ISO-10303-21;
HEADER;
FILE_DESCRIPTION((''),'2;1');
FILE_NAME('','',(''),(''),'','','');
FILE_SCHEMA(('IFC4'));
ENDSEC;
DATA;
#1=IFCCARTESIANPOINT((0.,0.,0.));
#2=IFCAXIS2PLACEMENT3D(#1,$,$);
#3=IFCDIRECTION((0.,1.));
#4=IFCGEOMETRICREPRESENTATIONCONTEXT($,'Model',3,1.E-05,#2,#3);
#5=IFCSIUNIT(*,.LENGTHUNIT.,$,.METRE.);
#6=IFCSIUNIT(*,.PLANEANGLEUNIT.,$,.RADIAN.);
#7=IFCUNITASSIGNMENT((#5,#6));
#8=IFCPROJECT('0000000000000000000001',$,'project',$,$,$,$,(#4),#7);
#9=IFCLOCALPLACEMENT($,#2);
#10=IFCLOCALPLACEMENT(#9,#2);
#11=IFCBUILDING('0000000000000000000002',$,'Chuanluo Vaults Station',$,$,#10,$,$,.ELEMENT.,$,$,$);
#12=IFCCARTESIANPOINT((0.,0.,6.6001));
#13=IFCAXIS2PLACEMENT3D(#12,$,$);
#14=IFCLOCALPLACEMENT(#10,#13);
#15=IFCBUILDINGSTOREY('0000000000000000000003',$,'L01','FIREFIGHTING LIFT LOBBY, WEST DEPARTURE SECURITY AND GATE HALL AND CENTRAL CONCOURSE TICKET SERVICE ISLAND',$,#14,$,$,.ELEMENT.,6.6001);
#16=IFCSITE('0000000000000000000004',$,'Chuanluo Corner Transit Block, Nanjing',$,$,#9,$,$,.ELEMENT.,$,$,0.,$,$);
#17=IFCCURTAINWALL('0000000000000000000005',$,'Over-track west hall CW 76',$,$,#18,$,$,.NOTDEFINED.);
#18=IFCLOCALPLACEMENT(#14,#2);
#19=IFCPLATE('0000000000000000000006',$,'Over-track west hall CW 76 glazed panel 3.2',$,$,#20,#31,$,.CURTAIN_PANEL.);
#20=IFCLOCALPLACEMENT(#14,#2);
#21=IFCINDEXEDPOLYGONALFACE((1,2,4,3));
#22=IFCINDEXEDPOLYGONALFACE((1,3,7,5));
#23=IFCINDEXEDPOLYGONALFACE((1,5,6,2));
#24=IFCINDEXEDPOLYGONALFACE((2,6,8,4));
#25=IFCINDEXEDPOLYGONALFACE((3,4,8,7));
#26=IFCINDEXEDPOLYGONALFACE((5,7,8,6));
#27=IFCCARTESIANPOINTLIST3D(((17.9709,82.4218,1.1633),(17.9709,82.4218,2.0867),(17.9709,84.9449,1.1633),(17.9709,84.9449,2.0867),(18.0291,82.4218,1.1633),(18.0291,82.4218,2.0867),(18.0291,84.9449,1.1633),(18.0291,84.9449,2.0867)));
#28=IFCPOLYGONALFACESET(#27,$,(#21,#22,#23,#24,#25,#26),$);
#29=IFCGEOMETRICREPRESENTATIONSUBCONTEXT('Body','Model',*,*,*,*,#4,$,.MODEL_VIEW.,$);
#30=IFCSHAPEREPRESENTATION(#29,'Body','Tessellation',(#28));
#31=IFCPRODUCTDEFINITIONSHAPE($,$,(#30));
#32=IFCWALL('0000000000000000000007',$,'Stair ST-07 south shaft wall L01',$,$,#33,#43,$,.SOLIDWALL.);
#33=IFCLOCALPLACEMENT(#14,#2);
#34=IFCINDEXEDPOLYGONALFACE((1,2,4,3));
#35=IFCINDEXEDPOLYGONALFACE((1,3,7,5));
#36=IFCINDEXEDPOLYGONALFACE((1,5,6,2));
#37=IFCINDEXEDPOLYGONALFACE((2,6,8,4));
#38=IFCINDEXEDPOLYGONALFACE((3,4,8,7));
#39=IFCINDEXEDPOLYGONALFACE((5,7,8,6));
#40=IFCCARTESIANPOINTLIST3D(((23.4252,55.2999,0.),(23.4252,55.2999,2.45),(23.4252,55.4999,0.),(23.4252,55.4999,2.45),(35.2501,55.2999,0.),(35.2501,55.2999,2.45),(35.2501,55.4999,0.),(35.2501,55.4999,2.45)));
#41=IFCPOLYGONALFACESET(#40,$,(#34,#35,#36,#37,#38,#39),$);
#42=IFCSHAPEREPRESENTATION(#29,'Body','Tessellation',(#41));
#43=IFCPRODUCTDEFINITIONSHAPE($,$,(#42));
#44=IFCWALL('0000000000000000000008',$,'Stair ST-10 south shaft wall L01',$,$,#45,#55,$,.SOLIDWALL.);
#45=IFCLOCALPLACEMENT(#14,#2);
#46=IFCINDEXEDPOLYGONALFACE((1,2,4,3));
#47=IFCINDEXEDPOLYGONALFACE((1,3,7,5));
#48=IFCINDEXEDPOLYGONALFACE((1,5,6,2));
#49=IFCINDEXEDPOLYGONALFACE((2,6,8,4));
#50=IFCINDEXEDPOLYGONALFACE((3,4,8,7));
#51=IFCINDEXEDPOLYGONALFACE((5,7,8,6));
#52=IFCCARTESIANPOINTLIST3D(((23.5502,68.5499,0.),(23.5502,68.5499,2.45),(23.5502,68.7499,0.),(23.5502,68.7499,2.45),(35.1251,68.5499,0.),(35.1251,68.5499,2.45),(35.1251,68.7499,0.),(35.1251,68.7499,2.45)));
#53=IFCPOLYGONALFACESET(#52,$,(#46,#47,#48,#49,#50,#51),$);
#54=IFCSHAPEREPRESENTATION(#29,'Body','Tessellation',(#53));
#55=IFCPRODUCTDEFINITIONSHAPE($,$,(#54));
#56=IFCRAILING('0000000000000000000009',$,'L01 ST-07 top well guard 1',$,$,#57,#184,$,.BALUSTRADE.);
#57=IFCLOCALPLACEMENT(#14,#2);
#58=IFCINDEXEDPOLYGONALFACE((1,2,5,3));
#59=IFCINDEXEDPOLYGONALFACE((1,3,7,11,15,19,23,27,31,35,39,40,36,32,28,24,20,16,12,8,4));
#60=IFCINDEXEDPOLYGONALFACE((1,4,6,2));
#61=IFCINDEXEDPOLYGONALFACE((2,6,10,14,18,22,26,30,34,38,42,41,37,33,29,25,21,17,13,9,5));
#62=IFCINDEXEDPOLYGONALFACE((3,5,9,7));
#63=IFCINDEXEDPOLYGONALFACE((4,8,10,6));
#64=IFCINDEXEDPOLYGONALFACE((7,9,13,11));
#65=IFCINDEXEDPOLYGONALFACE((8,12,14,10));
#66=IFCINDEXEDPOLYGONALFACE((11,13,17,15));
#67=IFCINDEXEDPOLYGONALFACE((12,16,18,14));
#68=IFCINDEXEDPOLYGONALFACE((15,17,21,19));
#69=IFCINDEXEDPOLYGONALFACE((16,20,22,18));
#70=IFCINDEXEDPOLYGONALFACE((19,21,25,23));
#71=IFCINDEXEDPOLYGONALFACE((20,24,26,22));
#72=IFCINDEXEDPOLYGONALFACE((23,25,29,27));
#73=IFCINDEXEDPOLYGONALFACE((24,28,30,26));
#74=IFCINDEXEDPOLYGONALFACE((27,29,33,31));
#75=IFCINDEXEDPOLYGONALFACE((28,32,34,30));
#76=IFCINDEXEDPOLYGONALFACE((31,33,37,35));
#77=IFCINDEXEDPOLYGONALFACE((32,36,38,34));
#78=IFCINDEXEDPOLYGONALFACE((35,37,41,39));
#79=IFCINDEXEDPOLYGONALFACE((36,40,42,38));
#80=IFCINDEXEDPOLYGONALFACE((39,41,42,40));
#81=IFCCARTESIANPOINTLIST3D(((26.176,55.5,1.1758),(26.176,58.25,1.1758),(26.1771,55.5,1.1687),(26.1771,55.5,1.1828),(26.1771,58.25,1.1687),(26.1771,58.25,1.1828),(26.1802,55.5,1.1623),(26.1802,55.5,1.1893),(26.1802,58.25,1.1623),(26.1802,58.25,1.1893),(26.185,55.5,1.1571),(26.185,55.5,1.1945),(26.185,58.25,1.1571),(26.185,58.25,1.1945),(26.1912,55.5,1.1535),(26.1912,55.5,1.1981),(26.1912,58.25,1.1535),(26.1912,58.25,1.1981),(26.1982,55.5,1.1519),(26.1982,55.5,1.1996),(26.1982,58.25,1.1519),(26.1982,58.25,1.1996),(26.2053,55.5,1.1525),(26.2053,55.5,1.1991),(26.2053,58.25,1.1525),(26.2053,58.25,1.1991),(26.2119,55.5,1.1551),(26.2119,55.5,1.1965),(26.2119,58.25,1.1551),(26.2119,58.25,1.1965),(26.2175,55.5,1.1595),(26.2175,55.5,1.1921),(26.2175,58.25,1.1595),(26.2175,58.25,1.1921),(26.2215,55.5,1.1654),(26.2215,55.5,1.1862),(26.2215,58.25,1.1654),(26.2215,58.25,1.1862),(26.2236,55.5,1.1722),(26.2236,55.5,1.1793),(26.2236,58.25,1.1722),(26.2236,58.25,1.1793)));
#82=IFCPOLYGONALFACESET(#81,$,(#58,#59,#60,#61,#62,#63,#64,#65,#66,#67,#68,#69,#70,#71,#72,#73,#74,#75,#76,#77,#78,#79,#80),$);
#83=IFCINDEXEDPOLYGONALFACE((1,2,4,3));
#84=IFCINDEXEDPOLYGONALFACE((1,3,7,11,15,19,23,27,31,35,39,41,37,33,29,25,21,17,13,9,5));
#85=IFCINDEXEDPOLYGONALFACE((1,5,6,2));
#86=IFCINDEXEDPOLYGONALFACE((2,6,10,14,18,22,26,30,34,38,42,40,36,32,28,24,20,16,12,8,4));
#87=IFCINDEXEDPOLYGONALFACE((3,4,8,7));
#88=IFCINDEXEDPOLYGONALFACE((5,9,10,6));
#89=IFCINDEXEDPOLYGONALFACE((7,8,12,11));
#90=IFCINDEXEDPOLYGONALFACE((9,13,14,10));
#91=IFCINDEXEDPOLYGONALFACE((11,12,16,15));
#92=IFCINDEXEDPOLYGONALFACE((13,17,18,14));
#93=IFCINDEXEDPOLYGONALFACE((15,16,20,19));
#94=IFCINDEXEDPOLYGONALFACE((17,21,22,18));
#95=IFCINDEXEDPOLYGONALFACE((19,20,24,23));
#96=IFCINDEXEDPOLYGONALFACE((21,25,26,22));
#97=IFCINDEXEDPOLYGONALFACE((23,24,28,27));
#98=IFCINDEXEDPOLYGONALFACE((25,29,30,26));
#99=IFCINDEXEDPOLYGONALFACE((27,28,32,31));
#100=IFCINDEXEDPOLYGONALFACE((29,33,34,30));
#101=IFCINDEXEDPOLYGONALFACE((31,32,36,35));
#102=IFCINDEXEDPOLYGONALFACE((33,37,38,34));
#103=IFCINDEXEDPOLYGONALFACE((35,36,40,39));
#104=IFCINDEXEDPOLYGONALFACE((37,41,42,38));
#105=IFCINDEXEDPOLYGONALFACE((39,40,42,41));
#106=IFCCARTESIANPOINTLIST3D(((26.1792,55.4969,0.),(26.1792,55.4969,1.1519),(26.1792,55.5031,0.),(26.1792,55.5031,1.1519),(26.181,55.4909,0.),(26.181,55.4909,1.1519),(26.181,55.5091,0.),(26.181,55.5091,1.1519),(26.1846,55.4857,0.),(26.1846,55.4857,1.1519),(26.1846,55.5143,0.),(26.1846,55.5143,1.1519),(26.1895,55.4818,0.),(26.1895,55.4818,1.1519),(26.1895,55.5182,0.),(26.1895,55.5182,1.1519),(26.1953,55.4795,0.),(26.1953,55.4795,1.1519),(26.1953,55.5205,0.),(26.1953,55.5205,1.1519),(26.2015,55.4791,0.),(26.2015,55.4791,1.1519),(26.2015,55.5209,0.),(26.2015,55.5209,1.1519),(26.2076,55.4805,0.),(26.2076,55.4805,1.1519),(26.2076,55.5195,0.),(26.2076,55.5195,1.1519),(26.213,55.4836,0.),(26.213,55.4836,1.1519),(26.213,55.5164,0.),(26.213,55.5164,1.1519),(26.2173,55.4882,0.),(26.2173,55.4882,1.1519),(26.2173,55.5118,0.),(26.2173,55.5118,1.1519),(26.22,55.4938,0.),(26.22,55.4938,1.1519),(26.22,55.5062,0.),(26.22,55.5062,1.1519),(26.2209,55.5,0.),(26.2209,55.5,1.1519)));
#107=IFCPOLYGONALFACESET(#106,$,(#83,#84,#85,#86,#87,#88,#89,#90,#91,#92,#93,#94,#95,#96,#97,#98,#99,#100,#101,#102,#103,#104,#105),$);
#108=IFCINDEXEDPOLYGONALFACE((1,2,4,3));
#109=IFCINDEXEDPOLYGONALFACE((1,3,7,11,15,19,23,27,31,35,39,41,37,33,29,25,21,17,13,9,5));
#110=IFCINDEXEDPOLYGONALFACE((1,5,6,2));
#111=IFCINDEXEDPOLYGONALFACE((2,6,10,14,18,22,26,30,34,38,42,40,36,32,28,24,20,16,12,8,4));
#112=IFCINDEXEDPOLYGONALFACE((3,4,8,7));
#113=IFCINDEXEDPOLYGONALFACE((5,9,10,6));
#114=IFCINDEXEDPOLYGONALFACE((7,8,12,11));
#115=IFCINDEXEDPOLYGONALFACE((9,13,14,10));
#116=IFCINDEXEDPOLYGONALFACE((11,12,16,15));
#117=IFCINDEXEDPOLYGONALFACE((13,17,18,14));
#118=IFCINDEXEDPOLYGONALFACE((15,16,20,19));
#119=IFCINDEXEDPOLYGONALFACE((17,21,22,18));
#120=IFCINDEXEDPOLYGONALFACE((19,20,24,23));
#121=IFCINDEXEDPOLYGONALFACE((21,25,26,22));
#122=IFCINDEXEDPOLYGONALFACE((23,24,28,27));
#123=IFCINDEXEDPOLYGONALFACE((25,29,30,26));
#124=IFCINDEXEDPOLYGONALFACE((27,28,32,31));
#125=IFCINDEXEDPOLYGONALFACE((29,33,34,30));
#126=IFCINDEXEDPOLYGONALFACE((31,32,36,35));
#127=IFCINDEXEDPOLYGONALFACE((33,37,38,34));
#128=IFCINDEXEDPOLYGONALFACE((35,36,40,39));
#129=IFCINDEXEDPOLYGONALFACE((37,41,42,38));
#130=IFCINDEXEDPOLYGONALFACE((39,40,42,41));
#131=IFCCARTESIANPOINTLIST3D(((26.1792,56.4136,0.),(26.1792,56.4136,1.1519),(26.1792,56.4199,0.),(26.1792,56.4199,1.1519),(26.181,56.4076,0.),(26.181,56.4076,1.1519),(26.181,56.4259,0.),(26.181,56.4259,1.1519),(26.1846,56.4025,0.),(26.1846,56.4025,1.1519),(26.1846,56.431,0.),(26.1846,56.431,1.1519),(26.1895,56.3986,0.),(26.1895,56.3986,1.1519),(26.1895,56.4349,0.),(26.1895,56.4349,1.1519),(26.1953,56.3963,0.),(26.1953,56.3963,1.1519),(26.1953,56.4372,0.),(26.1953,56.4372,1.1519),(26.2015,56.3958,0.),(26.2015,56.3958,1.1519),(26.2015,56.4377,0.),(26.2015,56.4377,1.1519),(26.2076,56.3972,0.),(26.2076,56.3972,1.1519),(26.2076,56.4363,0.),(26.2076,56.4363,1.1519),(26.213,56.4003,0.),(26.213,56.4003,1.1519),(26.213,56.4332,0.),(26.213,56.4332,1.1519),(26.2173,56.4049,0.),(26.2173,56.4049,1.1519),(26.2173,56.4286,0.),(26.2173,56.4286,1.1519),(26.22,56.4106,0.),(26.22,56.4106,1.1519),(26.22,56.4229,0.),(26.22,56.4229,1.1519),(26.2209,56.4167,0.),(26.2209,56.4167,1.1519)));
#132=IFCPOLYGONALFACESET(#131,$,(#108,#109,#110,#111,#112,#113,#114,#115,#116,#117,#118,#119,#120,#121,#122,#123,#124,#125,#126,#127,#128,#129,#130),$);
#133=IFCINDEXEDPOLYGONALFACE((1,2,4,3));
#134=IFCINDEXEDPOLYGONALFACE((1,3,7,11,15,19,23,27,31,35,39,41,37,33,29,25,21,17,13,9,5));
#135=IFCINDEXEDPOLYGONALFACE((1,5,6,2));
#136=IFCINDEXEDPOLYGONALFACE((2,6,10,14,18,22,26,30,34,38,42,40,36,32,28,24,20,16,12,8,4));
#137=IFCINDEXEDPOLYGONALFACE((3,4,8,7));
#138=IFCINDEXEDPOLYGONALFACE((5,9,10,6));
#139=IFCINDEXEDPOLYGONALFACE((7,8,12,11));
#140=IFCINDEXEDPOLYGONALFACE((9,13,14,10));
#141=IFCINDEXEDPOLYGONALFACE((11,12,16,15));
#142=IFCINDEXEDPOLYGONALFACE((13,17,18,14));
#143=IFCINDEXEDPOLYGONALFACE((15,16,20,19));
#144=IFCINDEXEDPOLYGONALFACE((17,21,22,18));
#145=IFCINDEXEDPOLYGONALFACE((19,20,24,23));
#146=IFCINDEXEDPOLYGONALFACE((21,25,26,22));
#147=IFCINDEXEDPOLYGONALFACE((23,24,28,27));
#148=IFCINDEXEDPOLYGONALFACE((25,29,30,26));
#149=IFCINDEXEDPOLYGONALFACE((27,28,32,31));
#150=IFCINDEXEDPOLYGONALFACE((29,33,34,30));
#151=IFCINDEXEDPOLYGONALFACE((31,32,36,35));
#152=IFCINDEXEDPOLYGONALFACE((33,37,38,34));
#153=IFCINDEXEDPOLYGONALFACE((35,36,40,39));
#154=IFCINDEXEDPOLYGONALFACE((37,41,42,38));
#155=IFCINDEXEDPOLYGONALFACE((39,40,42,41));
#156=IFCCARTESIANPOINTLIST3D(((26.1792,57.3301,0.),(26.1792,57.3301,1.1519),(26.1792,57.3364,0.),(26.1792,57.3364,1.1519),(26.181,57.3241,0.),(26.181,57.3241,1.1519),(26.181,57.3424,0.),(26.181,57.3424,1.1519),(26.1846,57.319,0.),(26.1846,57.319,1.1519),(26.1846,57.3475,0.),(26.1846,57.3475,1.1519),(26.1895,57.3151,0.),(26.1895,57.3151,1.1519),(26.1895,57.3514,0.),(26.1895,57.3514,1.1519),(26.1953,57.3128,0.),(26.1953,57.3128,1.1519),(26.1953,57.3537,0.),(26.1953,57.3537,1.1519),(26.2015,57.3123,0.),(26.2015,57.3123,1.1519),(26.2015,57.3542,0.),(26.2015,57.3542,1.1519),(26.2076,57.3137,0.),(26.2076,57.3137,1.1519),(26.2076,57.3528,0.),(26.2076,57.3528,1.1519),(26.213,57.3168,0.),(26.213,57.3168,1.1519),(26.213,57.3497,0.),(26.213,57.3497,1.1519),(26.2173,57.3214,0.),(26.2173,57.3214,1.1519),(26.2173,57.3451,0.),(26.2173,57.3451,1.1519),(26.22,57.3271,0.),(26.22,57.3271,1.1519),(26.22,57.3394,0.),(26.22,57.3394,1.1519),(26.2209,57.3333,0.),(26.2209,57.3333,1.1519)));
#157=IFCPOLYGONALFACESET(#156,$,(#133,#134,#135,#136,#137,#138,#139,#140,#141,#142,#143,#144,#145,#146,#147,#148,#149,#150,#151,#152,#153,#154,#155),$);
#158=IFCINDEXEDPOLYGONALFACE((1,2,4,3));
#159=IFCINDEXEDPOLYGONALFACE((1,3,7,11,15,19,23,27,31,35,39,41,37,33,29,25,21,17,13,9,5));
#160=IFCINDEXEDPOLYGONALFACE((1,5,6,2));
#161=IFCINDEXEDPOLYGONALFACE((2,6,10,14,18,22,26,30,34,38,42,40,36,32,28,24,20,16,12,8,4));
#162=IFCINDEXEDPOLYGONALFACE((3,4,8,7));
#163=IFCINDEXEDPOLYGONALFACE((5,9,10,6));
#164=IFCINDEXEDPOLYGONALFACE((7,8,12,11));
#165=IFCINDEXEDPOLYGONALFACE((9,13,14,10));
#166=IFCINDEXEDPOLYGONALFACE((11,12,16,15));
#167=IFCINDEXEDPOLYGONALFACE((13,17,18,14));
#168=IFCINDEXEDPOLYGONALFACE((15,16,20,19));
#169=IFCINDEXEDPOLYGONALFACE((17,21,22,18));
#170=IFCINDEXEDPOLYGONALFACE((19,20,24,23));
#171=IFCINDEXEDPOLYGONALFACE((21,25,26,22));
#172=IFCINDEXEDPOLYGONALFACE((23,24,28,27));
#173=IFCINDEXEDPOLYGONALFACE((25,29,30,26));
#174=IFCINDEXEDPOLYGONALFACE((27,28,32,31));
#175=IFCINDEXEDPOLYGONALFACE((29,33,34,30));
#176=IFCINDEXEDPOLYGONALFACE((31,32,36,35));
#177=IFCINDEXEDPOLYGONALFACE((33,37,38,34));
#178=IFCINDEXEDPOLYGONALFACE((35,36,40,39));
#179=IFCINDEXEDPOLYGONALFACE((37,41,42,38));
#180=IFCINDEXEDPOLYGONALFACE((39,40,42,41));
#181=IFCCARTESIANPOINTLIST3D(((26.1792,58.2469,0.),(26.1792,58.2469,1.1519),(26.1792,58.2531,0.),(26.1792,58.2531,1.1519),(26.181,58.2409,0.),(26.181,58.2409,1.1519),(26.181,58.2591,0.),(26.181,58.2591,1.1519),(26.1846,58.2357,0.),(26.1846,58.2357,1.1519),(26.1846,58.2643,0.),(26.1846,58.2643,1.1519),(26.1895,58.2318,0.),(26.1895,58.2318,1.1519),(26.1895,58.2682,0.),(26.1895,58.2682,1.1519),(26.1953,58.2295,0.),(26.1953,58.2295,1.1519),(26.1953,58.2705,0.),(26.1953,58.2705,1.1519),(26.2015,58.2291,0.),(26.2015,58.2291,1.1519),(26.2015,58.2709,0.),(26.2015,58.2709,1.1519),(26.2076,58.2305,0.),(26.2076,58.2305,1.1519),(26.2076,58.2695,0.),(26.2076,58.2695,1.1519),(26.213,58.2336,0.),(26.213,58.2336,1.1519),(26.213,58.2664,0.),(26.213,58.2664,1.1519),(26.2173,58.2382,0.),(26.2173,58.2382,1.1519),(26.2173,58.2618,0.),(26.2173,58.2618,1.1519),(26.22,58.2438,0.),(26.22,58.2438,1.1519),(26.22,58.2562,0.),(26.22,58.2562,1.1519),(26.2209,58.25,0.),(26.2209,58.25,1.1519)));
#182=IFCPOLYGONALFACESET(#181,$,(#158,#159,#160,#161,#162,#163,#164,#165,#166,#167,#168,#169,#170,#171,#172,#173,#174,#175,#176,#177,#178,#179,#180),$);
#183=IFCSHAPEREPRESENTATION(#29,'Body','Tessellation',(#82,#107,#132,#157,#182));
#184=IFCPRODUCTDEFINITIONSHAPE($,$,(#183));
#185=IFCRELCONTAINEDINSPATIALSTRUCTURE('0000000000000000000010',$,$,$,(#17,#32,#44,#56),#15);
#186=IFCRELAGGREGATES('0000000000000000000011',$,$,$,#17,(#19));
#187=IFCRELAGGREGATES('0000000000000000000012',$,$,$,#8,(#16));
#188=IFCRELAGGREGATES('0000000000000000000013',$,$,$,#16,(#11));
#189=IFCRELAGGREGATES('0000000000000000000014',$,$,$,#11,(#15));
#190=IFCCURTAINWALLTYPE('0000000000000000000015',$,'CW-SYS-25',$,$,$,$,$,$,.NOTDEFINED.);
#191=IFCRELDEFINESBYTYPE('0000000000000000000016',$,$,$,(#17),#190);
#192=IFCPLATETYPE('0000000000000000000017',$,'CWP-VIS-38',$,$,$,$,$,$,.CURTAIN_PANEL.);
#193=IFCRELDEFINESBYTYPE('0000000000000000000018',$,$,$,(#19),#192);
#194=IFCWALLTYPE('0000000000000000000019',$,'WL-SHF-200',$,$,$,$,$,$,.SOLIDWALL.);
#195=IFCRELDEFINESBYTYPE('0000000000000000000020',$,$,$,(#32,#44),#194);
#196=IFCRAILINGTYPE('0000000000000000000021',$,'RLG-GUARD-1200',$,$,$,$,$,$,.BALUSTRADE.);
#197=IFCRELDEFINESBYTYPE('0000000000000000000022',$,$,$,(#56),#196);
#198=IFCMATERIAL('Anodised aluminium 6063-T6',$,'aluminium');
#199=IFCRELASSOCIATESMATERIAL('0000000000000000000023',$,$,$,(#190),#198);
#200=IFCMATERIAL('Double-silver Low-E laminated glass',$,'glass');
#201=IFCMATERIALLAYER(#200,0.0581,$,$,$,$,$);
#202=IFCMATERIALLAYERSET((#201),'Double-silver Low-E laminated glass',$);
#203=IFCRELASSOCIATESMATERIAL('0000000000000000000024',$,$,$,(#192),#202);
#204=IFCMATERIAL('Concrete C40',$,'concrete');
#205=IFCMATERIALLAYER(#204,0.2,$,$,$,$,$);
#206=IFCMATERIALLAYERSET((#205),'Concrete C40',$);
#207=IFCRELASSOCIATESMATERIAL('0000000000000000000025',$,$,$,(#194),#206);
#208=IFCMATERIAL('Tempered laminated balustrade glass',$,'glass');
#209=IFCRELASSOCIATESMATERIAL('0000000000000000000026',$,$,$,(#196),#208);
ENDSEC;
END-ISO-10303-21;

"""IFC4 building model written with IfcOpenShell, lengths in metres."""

from ifc_helpers import new_model, si_unit, direction, frame, frame_2d, origin, origin_2d, place, context, subcontext, project, spatial, rectangle, circle, extrude, material, layer, layer_set, type_object, element, aggregate, save


model = new_model("IFC4")

# Units and contexts
model_context = context("Model", 3, precision=1e-05, world=origin(), true_north=direction((0.0, 1.0)))
body_context = subcontext(model_context, "Body", "Model", "MODEL_VIEW")
ifc_project = project(units=[si_unit("LENGTHUNIT", "METRE"), si_unit("PLANEANGLEUNIT", "RADIAN")], contexts=[model_context])

# Site, building, storey
site_placement = place(None, origin())
site = spatial("IfcSite", under=ifc_project, at=site_placement, Name="Chuanluo Corner Transit Block, Nanjing", CompositionType="ELEMENT", RefElevation=0.0)
building_placement = place(site_placement, origin())
building = spatial("IfcBuilding", under=site, at=building_placement, Name="Chuanluo Vaults Station", CompositionType="ELEMENT")
storey_placement = place(building_placement, frame((0.0, 0.0, 6.6001)))
storey = spatial("IfcBuildingStorey", under=building, at=storey_placement, Name="L01", Description="FIREFIGHTING LIFT LOBBY, WEST DEPARTURE SECURITY AND GATE HALL AND CENTRAL CONCOURSE TICKET SERVICE ISLAND", CompositionType="ELEMENT", Elevation=6.6001)

# Curtain wall
ifc_material_1 = material(Name="Anodised aluminium 6063-T6", Category="aluminium")
curtain_wall_type = type_object("IfcCurtainWallType", Name="CW-SYS-25", PredefinedType="NOTDEFINED", material=ifc_material_1)
curtain_wall_placement = place(storey_placement, origin())
curtain_wall = element("IfcCurtainWall", 1, at=curtain_wall_placement, inside=storey, type_object=curtain_wall_type, Name="Over-track west hall CW 76", PredefinedType="NOTDEFINED")

# Plate
ifc_material_2 = material(Name="Double-silver Low-E laminated glass", Category="glass")
ifc_layer_1 = layer(ifc_material_2, 0.0581)
ifc_layer_set_1 = layer_set([ifc_layer_1], Name="Double-silver Low-E laminated glass")
plate_type_1 = type_object("IfcPlateType", Name="CWP-VIS-38", PredefinedType="CURTAIN_PANEL", material=ifc_layer_set_1)
plate_1_placement = place(storey_placement, frame((18.0, 83.6833, 1.1633), z_axis=(0.0, 0.0, 1.0), x_axis=(0.0, 1.0, 0.0)))
plate_1 = element("IfcPlate", 2, at=plate_1_placement, type_object=plate_type_1, Name="Over-track west hall CW 76 glazed panel 3.2", PredefinedType="CURTAIN_PANEL", context=body_context, shape_type="SweptSolid", body=[
    extrude(rectangle(XDim=2.5232, YDim=0.0581, at=origin_2d()), origin(), (0.0, 0.0, 1.0), 0.9233),
])
aggregate(curtain_wall, [plate_1])

# Wall
ifc_material_3 = material(Name="Concrete C40", Category="concrete")
ifc_layer_2 = layer(ifc_material_3, 0.2)
ifc_layer_set_2 = layer_set([ifc_layer_2], Name="Concrete C40")
wall_type = type_object("IfcWallType", Name="WL-SHF-200", PredefinedType="SOLIDWALL", material=ifc_layer_set_2)
wall_1_placement = place(storey_placement, frame((23.425, 55.3999, 0.0), z_axis=(0.0, 0.0, 1.0), x_axis=(1.0, 0.0, 0.0)))
element("IfcWall", 3, at=wall_1_placement, inside=storey, type_object=wall_type, Name="Stair ST-07 south shaft wall L01", PredefinedType="SOLIDWALL", context=body_context, shape_type="SweptSolid", body=[
    extrude(rectangle(XDim=11.825, YDim=0.2, at=frame_2d((5.9126, 0.0))), origin(), (0.0, 0.0, 1.0), 2.45),
])

# Wall
wall_2_placement = place(storey_placement, frame((23.55, 68.6499, 0.0), z_axis=(0.0, 0.0, 1.0), x_axis=(1.0, 0.0, 0.0)))
element("IfcWall", 4, at=wall_2_placement, inside=storey, type_object=wall_type, Name="Stair ST-10 south shaft wall L01", PredefinedType="SOLIDWALL", context=body_context, shape_type="SweptSolid", body=[
    extrude(rectangle(XDim=11.575, YDim=0.2, at=frame_2d((5.7876, 0.0))), origin(), (0.0, 0.0, 1.0), 2.45),
])

# Railing
ifc_material_4 = material(Name="Tempered laminated balustrade glass", Category="glass")
railing_type = type_object("IfcRailingType", Name="RLG-GUARD-1200", PredefinedType="BALUSTRADE", material=ifc_material_4)
railing_placement = place(storey_placement, frame((26.2, 55.5, 0.0)))
element("IfcRailing", 5, at=railing_placement, inside=storey, type_object=railing_type, Name="L01 ST-07 top well guard 1", PredefinedType="BALUSTRADE", context=body_context, shape_type="SweptSolid", body=[
    extrude(circle(Radius=0.0239, at=origin_2d()), frame((0.0, 0.0, 1.1758), z_axis=(0.0, 1.0, 0.0), x_axis=(-1.0, 0.0, 0.0)), (0.0, 0.0, 1.0), 2.75),
    extrude(circle(Radius=0.021, at=origin_2d()), origin(), (0.0, 0.0, 1.0), 1.1519),
    extrude(circle(Radius=0.021, at=origin_2d()), frame((0.0, 0.9167, 0.0)), (0.0, 0.0, 1.0), 1.1519),
    extrude(circle(Radius=0.021, at=origin_2d()), frame((0.0, 1.8333, 0.0)), (0.0, 0.0, 1.0), 1.1519),
    extrude(circle(Radius=0.021, at=origin_2d()), frame((0.0, 2.75, 0.0)), (0.0, 0.0, 1.0), 1.1519),
])

save(model, "model.ifc")
